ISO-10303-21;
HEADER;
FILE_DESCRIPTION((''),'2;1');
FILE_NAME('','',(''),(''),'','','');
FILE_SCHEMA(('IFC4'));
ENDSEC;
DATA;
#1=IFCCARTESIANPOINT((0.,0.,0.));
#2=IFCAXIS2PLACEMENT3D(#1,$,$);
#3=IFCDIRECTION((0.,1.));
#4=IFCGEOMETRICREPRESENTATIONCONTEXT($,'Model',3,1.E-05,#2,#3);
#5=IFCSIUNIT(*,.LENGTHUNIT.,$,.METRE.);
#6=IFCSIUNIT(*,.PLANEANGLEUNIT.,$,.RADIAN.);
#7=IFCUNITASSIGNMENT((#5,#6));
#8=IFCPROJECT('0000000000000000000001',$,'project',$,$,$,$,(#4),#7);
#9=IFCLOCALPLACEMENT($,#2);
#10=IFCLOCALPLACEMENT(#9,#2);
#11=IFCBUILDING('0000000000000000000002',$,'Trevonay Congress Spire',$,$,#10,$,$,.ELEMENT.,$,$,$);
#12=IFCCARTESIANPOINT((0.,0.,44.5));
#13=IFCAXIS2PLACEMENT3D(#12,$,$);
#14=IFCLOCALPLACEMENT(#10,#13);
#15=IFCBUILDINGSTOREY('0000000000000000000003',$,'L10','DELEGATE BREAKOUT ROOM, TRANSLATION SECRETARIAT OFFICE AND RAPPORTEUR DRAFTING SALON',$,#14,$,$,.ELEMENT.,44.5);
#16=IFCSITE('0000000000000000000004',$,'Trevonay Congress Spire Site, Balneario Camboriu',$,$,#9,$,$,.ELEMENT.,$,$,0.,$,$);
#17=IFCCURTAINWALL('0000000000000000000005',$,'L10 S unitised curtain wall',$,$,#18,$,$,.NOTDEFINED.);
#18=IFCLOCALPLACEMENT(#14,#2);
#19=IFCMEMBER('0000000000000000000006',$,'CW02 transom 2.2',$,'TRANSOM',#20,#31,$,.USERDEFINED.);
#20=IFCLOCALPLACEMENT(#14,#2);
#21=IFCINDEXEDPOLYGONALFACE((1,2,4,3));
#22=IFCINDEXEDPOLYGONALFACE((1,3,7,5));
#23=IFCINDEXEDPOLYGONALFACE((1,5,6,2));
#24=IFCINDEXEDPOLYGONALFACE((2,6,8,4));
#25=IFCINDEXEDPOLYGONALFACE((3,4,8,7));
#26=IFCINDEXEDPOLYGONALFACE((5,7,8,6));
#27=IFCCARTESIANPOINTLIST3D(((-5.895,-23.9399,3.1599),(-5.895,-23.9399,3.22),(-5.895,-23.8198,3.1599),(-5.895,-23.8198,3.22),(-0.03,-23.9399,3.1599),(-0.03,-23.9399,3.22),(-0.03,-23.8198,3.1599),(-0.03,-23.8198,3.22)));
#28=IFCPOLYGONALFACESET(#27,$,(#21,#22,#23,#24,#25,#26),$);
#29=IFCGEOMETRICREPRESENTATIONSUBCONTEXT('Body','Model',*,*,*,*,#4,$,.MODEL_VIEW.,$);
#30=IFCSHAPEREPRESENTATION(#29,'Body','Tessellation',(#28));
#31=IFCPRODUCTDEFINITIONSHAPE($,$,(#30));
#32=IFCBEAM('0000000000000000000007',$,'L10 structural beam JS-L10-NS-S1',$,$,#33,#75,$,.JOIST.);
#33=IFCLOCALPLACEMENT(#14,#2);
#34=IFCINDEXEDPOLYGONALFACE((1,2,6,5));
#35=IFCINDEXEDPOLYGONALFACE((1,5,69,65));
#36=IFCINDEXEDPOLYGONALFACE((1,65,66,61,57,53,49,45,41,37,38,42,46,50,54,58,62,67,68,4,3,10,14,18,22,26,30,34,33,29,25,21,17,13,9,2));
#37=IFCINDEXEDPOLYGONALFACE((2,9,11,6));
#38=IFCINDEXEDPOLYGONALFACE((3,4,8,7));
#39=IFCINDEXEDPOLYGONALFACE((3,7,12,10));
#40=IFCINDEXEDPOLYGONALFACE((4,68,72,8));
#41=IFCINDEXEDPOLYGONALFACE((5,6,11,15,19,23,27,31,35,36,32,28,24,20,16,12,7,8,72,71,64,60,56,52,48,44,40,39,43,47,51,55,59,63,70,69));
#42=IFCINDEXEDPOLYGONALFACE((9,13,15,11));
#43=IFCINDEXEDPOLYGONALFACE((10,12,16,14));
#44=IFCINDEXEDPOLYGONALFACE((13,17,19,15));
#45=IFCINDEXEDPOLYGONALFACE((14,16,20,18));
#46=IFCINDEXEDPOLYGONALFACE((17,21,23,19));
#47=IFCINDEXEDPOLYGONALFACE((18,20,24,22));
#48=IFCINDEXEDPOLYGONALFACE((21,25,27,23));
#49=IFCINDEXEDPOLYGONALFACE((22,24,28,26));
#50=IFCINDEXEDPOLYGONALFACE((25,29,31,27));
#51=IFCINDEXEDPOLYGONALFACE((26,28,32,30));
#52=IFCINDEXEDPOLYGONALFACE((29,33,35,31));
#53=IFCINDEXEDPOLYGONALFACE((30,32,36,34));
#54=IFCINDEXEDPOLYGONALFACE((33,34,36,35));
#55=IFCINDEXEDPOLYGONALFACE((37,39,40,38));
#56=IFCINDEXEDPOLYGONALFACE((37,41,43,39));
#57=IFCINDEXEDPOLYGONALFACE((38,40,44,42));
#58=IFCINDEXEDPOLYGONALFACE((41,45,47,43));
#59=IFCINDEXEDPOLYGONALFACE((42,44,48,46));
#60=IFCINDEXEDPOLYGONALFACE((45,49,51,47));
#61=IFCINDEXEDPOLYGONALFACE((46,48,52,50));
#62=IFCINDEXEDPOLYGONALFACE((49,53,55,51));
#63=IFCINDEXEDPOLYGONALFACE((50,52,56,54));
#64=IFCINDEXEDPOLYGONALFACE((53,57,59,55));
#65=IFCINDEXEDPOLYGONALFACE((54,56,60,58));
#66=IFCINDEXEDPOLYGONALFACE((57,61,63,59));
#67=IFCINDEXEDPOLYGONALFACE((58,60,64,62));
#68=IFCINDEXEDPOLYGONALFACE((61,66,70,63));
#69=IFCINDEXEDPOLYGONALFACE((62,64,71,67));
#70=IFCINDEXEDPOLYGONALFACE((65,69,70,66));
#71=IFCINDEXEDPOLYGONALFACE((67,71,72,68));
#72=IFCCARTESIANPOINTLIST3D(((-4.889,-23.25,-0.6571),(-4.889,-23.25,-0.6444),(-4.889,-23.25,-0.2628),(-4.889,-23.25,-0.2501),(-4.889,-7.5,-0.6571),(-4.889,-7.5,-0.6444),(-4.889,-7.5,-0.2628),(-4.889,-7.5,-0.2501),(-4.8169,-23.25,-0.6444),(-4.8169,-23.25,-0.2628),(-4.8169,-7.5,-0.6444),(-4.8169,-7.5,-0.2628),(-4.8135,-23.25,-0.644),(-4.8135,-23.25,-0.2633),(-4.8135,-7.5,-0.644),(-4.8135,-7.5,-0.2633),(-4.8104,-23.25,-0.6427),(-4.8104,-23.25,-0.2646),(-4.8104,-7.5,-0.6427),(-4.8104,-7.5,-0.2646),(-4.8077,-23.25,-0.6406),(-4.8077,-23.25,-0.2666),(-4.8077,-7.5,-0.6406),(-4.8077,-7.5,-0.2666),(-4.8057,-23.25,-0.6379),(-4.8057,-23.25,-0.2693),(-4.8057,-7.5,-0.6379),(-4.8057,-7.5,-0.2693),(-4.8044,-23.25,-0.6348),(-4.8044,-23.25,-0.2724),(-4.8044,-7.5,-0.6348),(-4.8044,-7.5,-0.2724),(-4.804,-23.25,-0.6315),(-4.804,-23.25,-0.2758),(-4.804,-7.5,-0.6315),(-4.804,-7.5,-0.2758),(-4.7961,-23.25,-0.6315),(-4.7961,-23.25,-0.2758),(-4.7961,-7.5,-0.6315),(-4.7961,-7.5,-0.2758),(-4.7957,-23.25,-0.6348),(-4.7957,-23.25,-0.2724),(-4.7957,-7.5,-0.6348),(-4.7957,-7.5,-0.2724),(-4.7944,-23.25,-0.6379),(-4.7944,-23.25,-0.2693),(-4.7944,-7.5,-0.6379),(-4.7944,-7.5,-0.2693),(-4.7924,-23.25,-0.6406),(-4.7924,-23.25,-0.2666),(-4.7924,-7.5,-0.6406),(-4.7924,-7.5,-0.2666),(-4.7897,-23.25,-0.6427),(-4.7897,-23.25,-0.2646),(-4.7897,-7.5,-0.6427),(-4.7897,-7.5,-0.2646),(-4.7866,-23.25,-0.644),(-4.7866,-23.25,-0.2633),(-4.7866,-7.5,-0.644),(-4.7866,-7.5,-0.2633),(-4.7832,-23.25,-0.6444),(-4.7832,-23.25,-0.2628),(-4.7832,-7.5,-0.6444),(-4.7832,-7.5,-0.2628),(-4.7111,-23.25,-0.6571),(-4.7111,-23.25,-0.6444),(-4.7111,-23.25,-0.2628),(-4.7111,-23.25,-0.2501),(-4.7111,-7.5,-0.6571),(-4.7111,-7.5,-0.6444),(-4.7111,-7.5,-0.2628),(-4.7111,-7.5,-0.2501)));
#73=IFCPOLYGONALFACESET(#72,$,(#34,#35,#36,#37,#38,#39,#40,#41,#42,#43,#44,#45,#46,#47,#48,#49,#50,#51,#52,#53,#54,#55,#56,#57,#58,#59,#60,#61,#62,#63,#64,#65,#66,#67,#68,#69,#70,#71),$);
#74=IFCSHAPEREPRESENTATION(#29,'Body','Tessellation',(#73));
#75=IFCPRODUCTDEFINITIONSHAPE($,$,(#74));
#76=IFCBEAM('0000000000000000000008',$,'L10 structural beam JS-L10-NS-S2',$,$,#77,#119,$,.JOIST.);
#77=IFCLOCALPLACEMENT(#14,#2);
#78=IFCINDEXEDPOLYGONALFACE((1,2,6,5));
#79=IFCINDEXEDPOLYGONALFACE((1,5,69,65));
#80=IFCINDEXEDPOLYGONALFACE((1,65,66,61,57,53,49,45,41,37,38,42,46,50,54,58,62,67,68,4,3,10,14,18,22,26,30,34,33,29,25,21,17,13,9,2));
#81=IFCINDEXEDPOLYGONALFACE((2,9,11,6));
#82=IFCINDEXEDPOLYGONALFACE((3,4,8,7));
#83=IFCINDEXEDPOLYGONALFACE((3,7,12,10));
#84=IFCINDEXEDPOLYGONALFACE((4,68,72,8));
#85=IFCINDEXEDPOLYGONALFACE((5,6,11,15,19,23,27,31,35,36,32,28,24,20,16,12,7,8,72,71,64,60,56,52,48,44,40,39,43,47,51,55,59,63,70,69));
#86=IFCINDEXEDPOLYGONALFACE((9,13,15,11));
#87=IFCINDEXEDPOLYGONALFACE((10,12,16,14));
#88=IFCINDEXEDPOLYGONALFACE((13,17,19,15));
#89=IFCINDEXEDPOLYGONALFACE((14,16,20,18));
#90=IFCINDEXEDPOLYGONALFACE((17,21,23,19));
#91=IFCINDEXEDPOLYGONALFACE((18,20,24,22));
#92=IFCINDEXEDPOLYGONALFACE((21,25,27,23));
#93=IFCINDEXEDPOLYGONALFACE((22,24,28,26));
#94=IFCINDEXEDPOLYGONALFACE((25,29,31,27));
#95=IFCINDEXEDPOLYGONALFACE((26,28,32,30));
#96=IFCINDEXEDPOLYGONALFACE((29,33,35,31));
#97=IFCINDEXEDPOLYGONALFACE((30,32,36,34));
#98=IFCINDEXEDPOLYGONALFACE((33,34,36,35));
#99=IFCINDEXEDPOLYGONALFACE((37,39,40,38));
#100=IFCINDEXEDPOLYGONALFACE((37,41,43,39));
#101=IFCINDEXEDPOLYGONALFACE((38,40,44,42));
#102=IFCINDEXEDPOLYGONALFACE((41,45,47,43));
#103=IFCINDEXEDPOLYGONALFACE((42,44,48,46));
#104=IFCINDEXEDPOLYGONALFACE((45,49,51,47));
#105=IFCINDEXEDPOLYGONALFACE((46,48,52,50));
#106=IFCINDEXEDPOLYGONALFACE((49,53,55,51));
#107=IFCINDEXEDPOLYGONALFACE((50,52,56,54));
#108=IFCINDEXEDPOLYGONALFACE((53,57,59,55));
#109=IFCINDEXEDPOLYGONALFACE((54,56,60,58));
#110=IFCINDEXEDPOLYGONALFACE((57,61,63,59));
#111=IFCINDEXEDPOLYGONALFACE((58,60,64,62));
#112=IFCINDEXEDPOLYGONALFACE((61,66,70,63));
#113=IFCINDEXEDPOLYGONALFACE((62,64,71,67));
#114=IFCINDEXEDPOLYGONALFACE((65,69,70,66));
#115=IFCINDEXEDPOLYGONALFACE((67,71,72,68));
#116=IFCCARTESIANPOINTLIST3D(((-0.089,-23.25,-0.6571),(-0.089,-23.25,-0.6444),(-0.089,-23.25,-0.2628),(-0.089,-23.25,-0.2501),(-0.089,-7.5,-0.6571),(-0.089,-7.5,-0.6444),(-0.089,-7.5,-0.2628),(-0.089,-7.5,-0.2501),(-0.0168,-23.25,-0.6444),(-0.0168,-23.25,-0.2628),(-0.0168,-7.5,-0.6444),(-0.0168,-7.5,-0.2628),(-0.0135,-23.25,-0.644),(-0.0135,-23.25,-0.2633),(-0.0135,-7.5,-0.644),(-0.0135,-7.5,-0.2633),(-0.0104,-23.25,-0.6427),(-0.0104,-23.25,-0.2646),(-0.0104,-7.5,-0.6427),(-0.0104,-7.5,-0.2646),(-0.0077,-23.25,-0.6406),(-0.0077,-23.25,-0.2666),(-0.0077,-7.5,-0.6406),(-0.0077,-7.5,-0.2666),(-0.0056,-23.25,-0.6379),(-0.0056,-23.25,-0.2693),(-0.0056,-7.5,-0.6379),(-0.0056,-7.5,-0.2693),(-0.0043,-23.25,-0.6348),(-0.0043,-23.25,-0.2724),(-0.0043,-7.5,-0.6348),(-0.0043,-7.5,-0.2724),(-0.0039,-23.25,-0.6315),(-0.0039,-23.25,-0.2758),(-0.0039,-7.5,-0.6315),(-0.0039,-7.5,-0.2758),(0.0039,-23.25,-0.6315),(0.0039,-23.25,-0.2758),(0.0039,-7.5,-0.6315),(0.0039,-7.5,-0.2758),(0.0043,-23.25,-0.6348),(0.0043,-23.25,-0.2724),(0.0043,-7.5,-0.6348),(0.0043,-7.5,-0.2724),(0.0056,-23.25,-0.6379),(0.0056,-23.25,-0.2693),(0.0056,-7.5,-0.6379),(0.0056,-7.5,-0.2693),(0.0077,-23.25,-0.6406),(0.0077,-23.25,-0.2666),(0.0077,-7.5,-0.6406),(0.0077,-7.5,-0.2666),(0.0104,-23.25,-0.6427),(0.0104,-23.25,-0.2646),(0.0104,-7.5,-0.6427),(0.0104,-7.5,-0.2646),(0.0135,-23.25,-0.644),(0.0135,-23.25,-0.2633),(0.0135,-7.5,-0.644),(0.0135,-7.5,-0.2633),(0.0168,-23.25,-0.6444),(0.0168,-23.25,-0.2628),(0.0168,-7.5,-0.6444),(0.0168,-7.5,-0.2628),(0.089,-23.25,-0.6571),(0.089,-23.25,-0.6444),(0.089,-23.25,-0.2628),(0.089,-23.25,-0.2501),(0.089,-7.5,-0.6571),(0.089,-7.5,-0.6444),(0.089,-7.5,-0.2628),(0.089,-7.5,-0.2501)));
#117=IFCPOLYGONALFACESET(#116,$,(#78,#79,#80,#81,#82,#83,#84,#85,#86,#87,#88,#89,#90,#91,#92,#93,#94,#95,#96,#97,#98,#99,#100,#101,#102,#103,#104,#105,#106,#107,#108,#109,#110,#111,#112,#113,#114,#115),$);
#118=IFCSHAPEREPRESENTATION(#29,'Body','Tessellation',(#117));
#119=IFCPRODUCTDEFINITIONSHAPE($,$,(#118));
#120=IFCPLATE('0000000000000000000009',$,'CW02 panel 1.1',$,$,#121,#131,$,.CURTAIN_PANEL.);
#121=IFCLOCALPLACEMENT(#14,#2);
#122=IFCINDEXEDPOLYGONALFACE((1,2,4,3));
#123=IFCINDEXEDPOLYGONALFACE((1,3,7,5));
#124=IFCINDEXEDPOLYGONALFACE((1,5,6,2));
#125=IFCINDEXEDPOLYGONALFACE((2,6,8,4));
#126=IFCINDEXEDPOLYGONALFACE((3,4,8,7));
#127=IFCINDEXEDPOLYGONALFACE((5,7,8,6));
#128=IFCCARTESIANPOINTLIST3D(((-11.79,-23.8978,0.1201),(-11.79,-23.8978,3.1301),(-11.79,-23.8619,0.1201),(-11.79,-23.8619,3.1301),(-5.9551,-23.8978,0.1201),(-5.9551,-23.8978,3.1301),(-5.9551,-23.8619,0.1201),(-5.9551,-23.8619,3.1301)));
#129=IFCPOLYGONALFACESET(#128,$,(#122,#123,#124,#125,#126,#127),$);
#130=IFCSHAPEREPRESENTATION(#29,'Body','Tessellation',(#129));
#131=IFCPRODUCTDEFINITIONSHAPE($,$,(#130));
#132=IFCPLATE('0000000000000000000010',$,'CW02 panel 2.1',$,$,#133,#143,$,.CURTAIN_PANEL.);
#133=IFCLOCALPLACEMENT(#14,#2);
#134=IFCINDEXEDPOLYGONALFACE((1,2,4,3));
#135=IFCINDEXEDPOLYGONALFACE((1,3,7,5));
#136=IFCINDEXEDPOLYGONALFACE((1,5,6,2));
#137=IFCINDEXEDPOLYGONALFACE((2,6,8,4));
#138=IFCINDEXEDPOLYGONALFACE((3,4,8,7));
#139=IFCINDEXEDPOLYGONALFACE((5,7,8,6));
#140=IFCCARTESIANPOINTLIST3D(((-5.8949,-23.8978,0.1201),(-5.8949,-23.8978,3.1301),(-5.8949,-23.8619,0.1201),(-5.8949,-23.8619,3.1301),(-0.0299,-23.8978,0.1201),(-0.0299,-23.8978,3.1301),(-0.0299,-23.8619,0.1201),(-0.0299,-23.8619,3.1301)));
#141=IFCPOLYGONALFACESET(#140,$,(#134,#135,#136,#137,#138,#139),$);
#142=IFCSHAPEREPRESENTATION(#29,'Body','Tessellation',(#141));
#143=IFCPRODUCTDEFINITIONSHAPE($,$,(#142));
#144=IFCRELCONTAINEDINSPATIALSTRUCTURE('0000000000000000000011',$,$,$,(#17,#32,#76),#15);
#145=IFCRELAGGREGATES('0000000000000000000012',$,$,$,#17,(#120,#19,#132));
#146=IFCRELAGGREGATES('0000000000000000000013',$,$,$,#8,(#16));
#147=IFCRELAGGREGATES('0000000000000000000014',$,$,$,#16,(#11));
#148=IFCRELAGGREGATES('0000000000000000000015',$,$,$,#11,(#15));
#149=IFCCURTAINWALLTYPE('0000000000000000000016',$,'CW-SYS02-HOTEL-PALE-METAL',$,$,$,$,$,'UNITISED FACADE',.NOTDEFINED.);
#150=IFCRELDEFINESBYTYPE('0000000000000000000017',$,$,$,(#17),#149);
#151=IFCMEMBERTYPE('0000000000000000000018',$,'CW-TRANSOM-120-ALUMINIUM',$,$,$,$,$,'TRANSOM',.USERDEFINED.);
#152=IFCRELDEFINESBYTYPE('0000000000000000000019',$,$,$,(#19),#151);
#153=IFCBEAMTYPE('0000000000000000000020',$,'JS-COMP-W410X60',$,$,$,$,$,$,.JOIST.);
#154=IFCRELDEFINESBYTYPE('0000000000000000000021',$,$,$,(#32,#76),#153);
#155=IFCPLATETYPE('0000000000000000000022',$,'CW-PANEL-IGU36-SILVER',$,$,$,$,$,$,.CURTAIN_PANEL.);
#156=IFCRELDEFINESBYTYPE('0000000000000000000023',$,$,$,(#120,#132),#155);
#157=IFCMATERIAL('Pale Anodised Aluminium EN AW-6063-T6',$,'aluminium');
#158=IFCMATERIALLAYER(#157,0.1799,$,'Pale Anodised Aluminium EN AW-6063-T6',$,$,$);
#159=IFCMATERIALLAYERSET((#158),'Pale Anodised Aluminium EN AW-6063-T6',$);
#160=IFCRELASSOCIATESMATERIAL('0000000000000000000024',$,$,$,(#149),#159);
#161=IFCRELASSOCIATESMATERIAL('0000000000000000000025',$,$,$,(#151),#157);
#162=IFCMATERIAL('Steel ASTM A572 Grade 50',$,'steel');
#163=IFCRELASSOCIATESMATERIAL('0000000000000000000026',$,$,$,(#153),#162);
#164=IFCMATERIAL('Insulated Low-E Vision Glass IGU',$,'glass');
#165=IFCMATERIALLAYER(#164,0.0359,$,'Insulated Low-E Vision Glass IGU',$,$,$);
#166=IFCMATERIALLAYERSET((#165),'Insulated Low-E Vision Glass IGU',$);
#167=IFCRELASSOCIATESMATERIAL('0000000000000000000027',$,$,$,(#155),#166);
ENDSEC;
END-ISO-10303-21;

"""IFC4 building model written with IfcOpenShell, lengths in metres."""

from ifc_helpers import new_model, si_unit, direction, frame, origin, origin_2d, place, context, subcontext, project, spatial, rectangle, i_section, extrude, material, layer, layer_set, material_profile, profile_set, type_object, element, aggregate, save


model = new_model("IFC4")

# Units and contexts
model_context = context("Model", 3, precision=1e-05, world=origin(), true_north=direction((0.0, 1.0)))
body_context = subcontext(model_context, "Body", "Model", "MODEL_VIEW")
ifc_project = project(units=[si_unit("LENGTHUNIT", "METRE"), si_unit("PLANEANGLEUNIT", "RADIAN")], contexts=[model_context])

# Site, building, storey
site_placement = place(None, origin())
site = spatial("IfcSite", under=ifc_project, at=site_placement, Name="Trevonay Congress Spire Site, Balneario Camboriu", CompositionType="ELEMENT", RefElevation=0.0)
building_placement = place(site_placement, origin())
building = spatial("IfcBuilding", under=site, at=building_placement, Name="Trevonay Congress Spire", CompositionType="ELEMENT")
storey_placement = place(building_placement, frame((0.0, 0.0, 44.5)))
storey = spatial("IfcBuildingStorey", under=building, at=storey_placement, Name="L10", Description="DELEGATE BREAKOUT ROOM, TRANSLATION SECRETARIAT OFFICE AND RAPPORTEUR DRAFTING SALON", CompositionType="ELEMENT", Elevation=44.5)

# Shared definitions
ifc_material_1 = material(Name="Steel ASTM A572 Grade 50", Category="steel")

# Curtain wall, member
ifc_material_2 = material(Name="Pale Anodised Aluminium EN AW-6063-T6", Category="aluminium")
ifc_layer_1 = layer(ifc_material_2, 0.1799, Name="Pale Anodised Aluminium EN AW-6063-T6")
ifc_layer_set_1 = layer_set([ifc_layer_1], Name="Pale Anodised Aluminium EN AW-6063-T6")
curtain_wall_type = type_object("IfcCurtainWallType", Name="CW-SYS02-HOTEL-PALE-METAL", ElementType="UNITISED FACADE", PredefinedType="NOTDEFINED", material=ifc_layer_set_1)
curtain_wall_placement = place(storey_placement, origin())
curtain_wall = element("IfcCurtainWall", 1, at=curtain_wall_placement, inside=storey, type_object=curtain_wall_type, Name="L10 S unitised curtain wall", PredefinedType="NOTDEFINED")
ifc_material_profile_1 = material_profile(ifc_material_2, rectangle(XDim=0.1201, YDim=0.0601, at=origin_2d()), Name="CW-TRANSOM-120-ALUMINIUM")
ifc_profile_set_1 = profile_set([ifc_material_profile_1], Name="Pale Anodised Aluminium EN AW-6063-T6")
member_type_1 = type_object("IfcMemberType", Name="CW-TRANSOM-120-ALUMINIUM", ElementType="TRANSOM", PredefinedType="USERDEFINED", material=ifc_profile_set_1)
member_1_placement = place(storey_placement, frame((-5.895, -23.8799, 3.1899), z_axis=(1.0, 0.0, 0.0), x_axis=(0.0, 1.0, 0.0)))
member_1 = element("IfcMember", 2, at=member_1_placement, type_object=member_type_1, Name="CW02 transom 2.2", ObjectType="TRANSOM", PredefinedType="USERDEFINED", context=body_context, shape_type="SweptSolid", body=[
    extrude(rectangle(XDim=0.1201, YDim=0.0601, at=origin_2d()), origin(), (0.0, 0.0, 1.0), 5.865),
])

# Beams
ifc_material_profile_2 = material_profile(ifc_material_1, i_section(OverallWidth=0.178, OverallDepth=0.407, WebThickness=0.0078, FlangeThickness=0.0127, FilletRadius=0.0129, at=origin_2d()), Name="W410x60")
ifc_profile_set_2 = profile_set([ifc_material_profile_2], Name="Steel ASTM A572 Grade 50")
beam_type_1 = type_object("IfcBeamType", Name="JS-COMP-W410X60", PredefinedType="JOIST", material=ifc_profile_set_2)
for number, where, z_axis, x_axis, name in (
    (3, (-4.8, -23.25, -0.4536), (0.0, 1.0, 0.0), (-1.0, 0.0, 0.0), "L10 structural beam JS-L10-NS-S1"),
    (4, (0.0, -23.25, -0.4536), (0.0, 1.0, 0.0), (-1.0, 0.0, 0.0), "L10 structural beam JS-L10-NS-S2"),
):
    element("IfcBeam", number, at=place(storey_placement, frame(where, z_axis=z_axis, x_axis=x_axis)), inside=storey, type_object=beam_type_1, Name=name, PredefinedType="JOIST", context=body_context, shape_type="SweptSolid", body=[
        extrude(i_section(OverallWidth=0.178, OverallDepth=0.407, WebThickness=0.0078, FlangeThickness=0.0127, FilletRadius=0.0129, at=origin_2d()), origin(), (0.0, 0.0, 1.0), 15.75),
    ])

# Plates
ifc_material_3 = material(Name="Insulated Low-E Vision Glass IGU", Category="glass")
ifc_layer_2 = layer(ifc_material_3, 0.0359, Name="Insulated Low-E Vision Glass IGU")
ifc_layer_set_2 = layer_set([ifc_layer_2], Name="Insulated Low-E Vision Glass IGU")
plate_type = type_object("IfcPlateType", Name="CW-PANEL-IGU36-SILVER", PredefinedType="CURTAIN_PANEL", material=ifc_layer_set_2)
plate_1_placement = place(storey_placement, frame((-8.8726, -23.8799, 0.1201), z_axis=(0.0, 0.0, 1.0), x_axis=(1.0, 0.0, 0.0)))
plate_1 = element("IfcPlate", 5, at=plate_1_placement, type_object=plate_type, Name="CW02 panel 1.1", PredefinedType="CURTAIN_PANEL", context=body_context, shape_type="SweptSolid", body=[
    extrude(rectangle(XDim=5.835, YDim=0.0359, at=origin_2d()), origin(), (0.0, 0.0, 1.0), 3.01),
])
plate_2_placement = place(storey_placement, frame((-2.9624, -23.8799, 0.1201), z_axis=(0.0, 0.0, 1.0), x_axis=(1.0, 0.0, 0.0)))
plate_2 = element("IfcPlate", 6, at=plate_2_placement, type_object=plate_type, Name="CW02 panel 2.1", PredefinedType="CURTAIN_PANEL", context=body_context, shape_type="SweptSolid", body=[
    extrude(rectangle(XDim=5.865, YDim=0.0359, at=origin_2d()), origin(), (0.0, 0.0, 1.0), 3.01),
])
aggregate(curtain_wall, [plate_1, member_1, plate_2])

save(model, "model.ifc")
